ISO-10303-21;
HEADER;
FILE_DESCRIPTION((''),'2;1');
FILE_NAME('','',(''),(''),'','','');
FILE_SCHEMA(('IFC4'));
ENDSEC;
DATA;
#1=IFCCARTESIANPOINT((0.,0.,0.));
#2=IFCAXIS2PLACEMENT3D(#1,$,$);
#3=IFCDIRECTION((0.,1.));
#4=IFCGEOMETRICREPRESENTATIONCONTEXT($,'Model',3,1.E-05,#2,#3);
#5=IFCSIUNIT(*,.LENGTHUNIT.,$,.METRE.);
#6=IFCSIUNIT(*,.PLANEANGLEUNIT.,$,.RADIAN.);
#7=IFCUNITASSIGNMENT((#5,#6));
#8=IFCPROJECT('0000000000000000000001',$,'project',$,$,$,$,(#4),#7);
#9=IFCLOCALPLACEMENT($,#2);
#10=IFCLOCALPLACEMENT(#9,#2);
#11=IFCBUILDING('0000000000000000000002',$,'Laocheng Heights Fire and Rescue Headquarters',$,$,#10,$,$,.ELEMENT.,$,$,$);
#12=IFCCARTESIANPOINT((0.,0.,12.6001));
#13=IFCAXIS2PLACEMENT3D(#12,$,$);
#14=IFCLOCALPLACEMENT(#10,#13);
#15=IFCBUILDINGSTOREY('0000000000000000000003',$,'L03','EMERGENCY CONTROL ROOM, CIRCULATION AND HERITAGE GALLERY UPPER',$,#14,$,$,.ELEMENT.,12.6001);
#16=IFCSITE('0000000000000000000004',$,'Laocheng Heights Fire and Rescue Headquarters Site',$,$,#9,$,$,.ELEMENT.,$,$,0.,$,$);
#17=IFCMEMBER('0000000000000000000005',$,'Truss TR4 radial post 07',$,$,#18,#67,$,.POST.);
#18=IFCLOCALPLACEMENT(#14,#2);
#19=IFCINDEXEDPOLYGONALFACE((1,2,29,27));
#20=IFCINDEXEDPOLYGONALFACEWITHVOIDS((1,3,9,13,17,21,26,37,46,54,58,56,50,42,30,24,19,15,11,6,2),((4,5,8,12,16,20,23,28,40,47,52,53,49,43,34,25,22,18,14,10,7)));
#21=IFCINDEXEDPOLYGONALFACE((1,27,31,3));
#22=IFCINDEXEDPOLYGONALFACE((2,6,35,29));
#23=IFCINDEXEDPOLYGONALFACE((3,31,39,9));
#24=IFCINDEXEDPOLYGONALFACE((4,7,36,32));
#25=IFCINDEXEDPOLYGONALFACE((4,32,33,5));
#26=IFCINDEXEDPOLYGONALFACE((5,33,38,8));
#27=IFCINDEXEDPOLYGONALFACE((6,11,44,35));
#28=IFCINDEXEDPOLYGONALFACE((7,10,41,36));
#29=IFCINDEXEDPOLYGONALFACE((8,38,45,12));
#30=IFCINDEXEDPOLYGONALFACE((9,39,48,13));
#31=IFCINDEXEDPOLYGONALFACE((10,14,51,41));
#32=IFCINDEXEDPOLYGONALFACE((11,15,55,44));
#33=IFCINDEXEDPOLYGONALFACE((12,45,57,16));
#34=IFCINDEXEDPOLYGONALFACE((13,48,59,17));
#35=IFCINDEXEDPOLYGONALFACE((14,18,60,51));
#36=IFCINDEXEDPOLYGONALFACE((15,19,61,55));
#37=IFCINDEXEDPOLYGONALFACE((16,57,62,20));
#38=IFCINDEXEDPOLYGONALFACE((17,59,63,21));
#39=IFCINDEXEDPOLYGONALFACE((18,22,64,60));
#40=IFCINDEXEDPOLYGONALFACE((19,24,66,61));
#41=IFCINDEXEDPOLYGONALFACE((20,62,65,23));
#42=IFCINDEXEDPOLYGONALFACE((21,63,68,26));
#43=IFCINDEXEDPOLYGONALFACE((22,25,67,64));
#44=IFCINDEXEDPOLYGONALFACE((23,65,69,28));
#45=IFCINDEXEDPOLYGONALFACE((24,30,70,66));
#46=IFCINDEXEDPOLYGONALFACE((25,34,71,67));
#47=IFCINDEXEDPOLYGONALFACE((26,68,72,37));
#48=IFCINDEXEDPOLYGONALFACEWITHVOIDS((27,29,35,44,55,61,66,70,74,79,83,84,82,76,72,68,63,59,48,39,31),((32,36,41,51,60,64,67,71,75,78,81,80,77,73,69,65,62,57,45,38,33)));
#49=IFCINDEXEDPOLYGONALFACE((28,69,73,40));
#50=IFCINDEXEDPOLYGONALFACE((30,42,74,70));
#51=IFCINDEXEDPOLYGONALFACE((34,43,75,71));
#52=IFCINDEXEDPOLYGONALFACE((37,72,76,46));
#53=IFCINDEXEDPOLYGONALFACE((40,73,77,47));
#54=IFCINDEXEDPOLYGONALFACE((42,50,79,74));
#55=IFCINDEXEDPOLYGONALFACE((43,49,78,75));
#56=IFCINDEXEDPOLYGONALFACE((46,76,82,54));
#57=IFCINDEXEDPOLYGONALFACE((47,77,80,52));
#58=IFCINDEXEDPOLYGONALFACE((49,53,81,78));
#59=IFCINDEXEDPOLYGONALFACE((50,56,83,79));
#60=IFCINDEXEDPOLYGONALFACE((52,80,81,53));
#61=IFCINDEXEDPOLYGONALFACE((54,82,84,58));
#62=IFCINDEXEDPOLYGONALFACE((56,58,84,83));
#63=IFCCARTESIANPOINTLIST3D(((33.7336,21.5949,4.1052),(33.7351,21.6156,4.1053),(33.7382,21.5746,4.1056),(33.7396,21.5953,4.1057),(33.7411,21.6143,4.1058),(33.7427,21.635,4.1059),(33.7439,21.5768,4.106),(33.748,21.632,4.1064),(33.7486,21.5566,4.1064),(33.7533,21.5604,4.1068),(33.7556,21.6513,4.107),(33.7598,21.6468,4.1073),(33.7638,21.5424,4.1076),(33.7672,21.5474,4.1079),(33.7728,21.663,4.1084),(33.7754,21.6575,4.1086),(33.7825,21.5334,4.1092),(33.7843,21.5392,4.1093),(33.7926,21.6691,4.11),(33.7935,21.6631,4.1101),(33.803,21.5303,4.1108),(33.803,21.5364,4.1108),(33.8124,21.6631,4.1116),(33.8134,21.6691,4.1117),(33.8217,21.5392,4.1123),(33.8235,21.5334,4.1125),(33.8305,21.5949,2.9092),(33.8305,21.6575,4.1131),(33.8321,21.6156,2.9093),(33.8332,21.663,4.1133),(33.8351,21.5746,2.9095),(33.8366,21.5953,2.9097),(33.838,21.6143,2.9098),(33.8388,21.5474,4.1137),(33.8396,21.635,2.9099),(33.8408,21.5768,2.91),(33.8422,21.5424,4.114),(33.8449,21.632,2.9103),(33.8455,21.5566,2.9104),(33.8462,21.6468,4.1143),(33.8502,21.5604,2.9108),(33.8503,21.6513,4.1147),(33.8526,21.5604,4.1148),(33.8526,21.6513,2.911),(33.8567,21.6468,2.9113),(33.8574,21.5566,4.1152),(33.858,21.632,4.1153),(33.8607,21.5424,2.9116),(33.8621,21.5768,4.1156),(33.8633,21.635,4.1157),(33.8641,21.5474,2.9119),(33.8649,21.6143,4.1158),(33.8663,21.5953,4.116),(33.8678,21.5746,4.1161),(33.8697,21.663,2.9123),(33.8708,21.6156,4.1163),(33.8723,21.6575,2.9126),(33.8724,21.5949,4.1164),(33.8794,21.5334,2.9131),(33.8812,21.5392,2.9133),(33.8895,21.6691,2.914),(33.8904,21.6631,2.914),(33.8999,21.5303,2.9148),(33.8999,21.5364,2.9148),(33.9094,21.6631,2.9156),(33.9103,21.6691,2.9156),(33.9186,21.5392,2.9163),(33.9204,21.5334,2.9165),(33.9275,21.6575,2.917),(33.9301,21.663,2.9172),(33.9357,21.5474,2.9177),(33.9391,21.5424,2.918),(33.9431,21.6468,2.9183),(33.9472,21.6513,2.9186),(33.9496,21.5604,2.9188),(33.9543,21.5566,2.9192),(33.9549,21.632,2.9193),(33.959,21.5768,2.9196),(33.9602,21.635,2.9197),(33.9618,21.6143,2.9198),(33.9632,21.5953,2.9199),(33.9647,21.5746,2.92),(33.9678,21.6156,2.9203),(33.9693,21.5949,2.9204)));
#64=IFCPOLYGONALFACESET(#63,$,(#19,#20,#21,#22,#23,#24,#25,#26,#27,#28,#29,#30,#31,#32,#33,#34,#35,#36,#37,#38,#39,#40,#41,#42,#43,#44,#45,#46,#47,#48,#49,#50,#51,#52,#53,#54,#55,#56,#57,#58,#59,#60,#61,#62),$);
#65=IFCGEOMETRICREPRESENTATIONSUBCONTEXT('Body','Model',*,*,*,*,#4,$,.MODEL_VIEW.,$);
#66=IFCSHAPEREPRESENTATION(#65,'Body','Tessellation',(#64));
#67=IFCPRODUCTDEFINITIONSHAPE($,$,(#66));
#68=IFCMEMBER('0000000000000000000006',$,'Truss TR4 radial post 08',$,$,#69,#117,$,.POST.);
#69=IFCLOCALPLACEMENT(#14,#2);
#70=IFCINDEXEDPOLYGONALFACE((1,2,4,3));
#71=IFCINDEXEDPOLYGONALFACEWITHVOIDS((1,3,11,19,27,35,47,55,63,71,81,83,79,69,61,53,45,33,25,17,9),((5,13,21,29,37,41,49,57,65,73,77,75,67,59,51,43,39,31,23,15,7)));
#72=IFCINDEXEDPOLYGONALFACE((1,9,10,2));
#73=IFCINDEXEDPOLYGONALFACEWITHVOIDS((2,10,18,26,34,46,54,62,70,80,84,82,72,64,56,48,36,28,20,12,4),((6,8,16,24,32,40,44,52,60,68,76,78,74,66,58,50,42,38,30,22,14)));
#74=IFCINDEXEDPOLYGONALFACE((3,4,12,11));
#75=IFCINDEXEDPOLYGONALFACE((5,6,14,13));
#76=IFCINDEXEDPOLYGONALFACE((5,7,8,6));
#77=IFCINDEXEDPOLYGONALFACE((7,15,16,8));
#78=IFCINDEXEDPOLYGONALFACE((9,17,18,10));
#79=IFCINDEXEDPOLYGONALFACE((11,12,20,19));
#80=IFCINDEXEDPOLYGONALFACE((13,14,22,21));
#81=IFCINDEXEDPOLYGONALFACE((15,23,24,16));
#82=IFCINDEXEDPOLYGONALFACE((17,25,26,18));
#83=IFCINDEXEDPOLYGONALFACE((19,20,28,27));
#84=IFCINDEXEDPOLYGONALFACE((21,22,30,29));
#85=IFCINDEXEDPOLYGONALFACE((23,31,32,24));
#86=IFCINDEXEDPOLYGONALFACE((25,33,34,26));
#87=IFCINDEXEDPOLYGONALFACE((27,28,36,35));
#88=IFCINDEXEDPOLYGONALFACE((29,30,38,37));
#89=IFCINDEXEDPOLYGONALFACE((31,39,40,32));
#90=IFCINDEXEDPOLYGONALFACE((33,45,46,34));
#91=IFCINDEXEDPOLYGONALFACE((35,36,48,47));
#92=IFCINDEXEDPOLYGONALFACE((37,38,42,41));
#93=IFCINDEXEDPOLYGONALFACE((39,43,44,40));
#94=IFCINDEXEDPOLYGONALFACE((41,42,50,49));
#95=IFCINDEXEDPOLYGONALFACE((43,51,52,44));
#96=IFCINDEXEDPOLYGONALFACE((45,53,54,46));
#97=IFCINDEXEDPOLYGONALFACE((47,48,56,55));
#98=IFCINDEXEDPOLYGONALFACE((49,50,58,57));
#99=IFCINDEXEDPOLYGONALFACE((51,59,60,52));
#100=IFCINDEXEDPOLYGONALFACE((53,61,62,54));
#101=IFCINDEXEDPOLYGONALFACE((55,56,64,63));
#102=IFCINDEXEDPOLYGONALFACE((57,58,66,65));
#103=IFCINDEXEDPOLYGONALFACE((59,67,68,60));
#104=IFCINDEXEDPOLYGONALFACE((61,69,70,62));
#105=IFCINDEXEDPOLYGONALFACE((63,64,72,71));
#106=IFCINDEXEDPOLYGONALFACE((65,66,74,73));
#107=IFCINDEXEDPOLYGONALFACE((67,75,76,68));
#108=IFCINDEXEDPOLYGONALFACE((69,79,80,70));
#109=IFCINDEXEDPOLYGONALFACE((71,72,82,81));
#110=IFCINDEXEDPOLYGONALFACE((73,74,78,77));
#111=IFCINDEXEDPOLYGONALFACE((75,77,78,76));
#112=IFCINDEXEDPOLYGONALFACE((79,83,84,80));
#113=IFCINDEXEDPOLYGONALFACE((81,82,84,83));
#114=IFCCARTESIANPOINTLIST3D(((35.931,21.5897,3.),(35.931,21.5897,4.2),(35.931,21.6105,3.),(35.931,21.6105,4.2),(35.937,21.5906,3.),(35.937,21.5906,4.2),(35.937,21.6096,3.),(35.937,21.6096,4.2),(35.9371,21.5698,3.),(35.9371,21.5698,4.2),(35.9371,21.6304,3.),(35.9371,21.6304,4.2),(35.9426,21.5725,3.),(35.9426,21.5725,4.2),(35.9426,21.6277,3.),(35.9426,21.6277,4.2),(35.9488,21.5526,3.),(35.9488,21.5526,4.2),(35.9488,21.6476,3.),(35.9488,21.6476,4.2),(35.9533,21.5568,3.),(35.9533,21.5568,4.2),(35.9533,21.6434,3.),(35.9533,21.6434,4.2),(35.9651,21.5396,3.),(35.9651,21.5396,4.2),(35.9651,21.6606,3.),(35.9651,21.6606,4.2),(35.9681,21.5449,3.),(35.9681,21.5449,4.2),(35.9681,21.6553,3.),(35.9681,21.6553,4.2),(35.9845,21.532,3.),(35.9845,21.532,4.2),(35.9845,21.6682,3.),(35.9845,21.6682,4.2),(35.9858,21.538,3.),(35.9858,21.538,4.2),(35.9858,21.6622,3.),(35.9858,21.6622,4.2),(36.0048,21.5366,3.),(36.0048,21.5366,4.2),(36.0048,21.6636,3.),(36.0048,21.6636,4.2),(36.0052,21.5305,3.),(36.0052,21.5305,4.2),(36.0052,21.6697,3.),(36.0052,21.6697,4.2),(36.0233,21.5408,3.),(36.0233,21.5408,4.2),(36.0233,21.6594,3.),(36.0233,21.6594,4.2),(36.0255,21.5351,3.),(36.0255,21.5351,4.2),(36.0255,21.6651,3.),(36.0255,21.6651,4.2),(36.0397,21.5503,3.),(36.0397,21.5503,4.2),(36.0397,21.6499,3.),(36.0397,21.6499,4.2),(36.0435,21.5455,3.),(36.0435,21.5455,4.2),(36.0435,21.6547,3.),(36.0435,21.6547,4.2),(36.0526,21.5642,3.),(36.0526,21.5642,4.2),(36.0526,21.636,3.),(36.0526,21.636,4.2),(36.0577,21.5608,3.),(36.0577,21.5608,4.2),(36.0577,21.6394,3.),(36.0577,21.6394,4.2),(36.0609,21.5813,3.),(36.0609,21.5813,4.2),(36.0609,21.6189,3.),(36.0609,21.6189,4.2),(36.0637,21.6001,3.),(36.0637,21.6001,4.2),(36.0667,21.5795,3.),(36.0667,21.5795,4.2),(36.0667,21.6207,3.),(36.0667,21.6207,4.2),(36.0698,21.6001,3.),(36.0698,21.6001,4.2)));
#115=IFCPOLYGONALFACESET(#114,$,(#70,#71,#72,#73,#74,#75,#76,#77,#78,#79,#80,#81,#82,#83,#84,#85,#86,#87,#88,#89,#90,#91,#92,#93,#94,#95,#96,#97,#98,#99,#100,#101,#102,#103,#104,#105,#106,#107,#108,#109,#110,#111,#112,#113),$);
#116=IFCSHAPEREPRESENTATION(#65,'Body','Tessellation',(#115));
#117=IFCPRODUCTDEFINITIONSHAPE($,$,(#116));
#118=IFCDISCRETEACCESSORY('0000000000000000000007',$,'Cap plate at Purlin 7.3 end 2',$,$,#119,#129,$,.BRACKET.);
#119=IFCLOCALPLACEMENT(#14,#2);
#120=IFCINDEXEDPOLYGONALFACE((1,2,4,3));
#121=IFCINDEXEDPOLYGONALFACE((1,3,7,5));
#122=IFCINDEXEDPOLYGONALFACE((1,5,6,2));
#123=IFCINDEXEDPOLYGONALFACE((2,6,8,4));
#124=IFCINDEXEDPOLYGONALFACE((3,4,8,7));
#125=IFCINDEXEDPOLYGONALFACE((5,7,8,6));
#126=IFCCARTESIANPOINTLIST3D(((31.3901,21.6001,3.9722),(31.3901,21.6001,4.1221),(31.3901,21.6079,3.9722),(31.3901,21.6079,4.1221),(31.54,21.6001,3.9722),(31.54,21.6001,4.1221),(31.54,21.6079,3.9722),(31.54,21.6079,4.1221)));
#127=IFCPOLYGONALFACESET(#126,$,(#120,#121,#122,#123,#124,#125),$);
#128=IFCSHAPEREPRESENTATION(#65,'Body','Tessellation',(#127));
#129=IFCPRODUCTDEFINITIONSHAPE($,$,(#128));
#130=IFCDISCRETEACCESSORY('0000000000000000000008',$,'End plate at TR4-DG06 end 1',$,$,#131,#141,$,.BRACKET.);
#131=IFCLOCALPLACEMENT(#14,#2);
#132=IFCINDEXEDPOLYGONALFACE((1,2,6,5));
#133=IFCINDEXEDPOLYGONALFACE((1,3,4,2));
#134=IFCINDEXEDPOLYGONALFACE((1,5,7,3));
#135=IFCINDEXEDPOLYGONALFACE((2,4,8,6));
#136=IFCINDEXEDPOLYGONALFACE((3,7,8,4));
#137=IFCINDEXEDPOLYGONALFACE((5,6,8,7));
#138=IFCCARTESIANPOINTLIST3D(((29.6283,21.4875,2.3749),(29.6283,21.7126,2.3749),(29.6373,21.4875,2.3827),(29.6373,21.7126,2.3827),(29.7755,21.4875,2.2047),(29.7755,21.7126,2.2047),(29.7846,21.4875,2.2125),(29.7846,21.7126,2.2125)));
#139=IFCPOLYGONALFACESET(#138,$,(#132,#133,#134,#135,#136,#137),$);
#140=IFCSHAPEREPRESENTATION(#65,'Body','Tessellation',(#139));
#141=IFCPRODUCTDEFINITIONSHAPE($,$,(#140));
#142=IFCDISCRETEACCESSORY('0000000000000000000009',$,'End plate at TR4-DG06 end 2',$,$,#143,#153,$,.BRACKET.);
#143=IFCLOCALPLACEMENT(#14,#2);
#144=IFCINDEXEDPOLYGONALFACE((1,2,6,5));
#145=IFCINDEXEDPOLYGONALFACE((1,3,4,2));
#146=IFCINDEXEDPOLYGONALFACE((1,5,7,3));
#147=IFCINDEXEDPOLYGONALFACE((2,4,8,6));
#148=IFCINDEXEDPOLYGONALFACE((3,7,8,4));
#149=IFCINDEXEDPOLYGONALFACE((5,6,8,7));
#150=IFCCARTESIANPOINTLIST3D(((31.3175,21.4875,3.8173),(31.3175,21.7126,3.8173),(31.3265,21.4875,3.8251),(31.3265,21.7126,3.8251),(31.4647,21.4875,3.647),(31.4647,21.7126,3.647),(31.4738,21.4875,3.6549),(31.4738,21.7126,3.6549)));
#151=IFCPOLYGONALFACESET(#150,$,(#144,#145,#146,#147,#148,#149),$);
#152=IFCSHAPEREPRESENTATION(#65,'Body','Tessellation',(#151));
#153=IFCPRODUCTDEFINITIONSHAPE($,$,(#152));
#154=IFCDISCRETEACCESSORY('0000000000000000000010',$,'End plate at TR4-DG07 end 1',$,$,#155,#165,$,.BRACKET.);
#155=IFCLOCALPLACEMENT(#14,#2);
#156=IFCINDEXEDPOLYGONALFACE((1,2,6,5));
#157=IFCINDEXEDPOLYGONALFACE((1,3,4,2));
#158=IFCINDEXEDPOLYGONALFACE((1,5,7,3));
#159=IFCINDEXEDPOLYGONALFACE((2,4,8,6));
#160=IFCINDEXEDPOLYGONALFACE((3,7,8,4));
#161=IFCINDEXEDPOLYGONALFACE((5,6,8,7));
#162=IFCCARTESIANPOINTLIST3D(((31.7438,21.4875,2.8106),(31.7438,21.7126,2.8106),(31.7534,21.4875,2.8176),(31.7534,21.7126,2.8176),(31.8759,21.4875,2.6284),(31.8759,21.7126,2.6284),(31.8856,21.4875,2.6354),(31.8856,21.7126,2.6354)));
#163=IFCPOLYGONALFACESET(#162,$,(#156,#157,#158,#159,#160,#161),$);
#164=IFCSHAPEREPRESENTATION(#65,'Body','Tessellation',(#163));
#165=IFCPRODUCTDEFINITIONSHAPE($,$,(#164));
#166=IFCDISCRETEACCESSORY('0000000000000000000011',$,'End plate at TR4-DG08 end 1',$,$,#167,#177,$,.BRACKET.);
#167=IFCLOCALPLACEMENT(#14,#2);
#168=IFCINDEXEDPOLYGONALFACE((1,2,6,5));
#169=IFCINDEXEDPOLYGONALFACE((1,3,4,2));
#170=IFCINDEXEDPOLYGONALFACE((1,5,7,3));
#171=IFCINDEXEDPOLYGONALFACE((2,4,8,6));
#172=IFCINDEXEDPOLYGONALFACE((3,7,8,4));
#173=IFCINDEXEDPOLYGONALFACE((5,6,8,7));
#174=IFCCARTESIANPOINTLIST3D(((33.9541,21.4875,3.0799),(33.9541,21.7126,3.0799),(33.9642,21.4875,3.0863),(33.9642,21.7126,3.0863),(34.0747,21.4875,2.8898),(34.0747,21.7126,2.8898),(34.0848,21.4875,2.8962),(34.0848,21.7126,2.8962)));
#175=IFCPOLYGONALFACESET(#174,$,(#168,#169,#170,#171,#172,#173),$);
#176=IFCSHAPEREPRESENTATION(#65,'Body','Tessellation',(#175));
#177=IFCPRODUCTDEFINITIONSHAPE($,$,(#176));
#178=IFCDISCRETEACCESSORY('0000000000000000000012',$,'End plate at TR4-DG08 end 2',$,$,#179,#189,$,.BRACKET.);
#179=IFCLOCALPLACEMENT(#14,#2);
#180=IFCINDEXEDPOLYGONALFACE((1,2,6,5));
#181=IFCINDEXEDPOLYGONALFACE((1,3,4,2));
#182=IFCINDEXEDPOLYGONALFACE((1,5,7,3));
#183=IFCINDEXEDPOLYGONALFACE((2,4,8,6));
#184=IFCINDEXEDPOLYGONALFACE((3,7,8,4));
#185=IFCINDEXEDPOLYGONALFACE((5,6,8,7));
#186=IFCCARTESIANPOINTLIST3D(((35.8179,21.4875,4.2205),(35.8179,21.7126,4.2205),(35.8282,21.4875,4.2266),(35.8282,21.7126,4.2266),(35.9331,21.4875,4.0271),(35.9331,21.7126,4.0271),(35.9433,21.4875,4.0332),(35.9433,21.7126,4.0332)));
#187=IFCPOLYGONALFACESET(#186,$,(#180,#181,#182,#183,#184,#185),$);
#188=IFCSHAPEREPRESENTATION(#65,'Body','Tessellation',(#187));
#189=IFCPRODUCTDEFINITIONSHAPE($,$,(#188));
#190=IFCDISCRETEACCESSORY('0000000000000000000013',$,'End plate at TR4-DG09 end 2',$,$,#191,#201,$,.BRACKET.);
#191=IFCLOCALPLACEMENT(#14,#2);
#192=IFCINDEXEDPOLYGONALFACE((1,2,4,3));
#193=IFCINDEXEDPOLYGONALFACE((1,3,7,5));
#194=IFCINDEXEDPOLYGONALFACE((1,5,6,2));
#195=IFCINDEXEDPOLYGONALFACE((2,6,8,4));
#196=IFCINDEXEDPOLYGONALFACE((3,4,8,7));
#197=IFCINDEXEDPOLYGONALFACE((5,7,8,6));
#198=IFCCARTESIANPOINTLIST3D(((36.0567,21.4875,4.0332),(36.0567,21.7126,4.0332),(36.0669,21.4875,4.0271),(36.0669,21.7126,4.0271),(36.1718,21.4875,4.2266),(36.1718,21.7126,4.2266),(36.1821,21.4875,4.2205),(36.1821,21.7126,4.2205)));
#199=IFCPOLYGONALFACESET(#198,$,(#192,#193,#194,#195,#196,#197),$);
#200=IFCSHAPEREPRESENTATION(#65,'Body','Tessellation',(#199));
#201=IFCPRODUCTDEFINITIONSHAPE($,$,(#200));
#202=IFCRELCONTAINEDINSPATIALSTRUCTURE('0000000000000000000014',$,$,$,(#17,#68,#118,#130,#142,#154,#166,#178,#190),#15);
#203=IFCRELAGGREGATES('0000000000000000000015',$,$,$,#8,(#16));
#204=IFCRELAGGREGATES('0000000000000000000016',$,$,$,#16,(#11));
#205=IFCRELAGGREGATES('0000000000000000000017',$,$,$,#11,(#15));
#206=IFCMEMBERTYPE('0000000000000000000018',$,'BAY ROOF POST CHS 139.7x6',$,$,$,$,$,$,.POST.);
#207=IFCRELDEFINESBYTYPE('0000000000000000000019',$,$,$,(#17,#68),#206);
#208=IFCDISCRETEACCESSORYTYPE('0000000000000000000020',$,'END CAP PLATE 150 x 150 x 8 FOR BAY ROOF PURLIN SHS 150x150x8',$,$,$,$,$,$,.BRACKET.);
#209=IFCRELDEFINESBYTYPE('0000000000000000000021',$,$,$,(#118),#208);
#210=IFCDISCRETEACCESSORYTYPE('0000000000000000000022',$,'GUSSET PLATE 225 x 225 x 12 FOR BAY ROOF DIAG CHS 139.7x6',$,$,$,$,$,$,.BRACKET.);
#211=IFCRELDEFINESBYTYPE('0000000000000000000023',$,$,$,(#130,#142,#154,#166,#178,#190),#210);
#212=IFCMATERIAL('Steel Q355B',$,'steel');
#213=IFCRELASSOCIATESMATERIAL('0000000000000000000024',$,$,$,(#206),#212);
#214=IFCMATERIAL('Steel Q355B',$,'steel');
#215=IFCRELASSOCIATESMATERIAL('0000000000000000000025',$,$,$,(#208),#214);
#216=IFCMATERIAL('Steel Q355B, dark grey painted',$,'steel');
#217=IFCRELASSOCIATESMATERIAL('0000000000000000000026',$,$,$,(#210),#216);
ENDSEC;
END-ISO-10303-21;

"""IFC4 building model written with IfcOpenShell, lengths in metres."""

from ifc_helpers import new_model, si_unit, direction, frame, origin, origin_2d, place, context, subcontext, project, spatial, rectangle, hollow_circle, extrude, material, material_profile, profile_set, type_object, element, save


model = new_model("IFC4")

# Units and contexts
model_context = context("Model", 3, precision=1e-05, world=origin(), true_north=direction((0.0, 1.0)))
body_context = subcontext(model_context, "Body", "Model", "MODEL_VIEW")
ifc_project = project(units=[si_unit("LENGTHUNIT", "METRE"), si_unit("PLANEANGLEUNIT", "RADIAN")], contexts=[model_context])

# Site, building, storey
site_placement = place(None, origin())
site = spatial("IfcSite", under=ifc_project, at=site_placement, Name="Laocheng Heights Fire and Rescue Headquarters Site", CompositionType="ELEMENT", RefElevation=0.0)
building_placement = place(site_placement, origin())
building = spatial("IfcBuilding", under=site, at=building_placement, Name="Laocheng Heights Fire and Rescue Headquarters", CompositionType="ELEMENT")
storey_placement = place(building_placement, frame((0.0, 0.0, 12.6001)))
storey = spatial("IfcBuildingStorey", under=building, at=storey_placement, Name="L03", Description="EMERGENCY CONTROL ROOM, CIRCULATION AND HERITAGE GALLERY UPPER", CompositionType="ELEMENT", Elevation=12.6001)

# Members
ifc_material_1 = material(Name="Steel Q355B", Category="steel")
ifc_material_profile_1 = material_profile(ifc_material_1, hollow_circle(Radius=0.0698, WallThickness=0.0061, at=origin_2d()), Name="CHS 139.7x6")
ifc_profile_set_1 = profile_set([ifc_material_profile_1], Name="Steel Q355B")
member_type_1 = type_object("IfcMemberType", Name="BAY ROOF POST CHS 139.7x6", PredefinedType="POST", material=ifc_profile_set_1)
for number, where, z_axis, x_axis, name in (
    (1, (33.8999, 21.6001, 2.9148), (-0.080772, 0.0, 0.996733), (0.0, -1.0, 0.0), "Truss TR4 radial post 07"),
    (2, (36.0, 21.6001, 3.0), (0.0, 0.0, 1.0), (1.0, 0.0, 0.0), "Truss TR4 radial post 08"),
):
    element("IfcMember", number, at=place(storey_placement, frame(where, z_axis=z_axis, x_axis=x_axis)), inside=storey, type_object=member_type_1, Name=name, PredefinedType="POST", context=body_context, shape_type="SweptSolid", body=[
        extrude(hollow_circle(Radius=0.0698, WallThickness=0.0061, at=origin_2d()), origin(), (0.0, 0.0, 1.0), 1.2),
    ])

# Discrete accessories
ifc_material_2 = material(Name="Steel Q355B", Category="steel")
ifc_material_profile_2 = material_profile(ifc_material_2, rectangle(XDim=0.1499, YDim=0.1499, at=origin_2d()), Name="END CAP PLATE 150 x 150 x 8 FOR BAY ROOF PURLIN SHS 150x150x8")
ifc_profile_set_2 = profile_set([ifc_material_profile_2], Name="Steel Q355B")
discrete_accessory_type_1 = type_object("IfcDiscreteAccessoryType", Name="END CAP PLATE 150 x 150 x 8 FOR BAY ROOF PURLIN SHS 150x150x8", PredefinedType="BRACKET", material=ifc_profile_set_2)
discrete_accessory_placement = place(storey_placement, frame((31.4651, 21.6001, 4.0471), z_axis=(0.0, 1.0, 0.0), x_axis=(-1.0, 0.0, 0.0)))
element("IfcDiscreteAccessory", 3, at=discrete_accessory_placement, inside=storey, type_object=discrete_accessory_type_1, Name="Cap plate at Purlin 7.3 end 2", PredefinedType="BRACKET", context=body_context, shape_type="SweptSolid", body=[
    extrude(rectangle(XDim=0.1499, YDim=0.1499, at=origin_2d()), origin(), (0.0, 0.0, 1.0), 0.0078),
])
ifc_material_3 = material(Name="Steel Q355B, dark grey painted", Category="steel")
ifc_material_profile_3 = material_profile(ifc_material_3, rectangle(XDim=0.2251, YDim=0.2251, at=origin_2d()), Name="GUSSET PLATE 225 x 225 x 12 FOR BAY ROOF DIAG CHS 139.7x6")
ifc_profile_set_3 = profile_set([ifc_material_profile_3], Name="Steel Q355B, dark grey painted")
discrete_accessory_type_2 = type_object("IfcDiscreteAccessoryType", Name="GUSSET PLATE 225 x 225 x 12 FOR BAY ROOF DIAG CHS 139.7x6", PredefinedType="BRACKET", material=ifc_profile_set_3)
for number, where, z_axis, x_axis, name in (
    (4, (29.7019, 21.6001, 2.2898), (0.756363, 0.0, 0.654152), (0.0, 1.0, 0.0), "End plate at TR4-DG06 end 1"),
    (5, (31.3911, 21.6001, 3.7322), (0.756363, 0.0, 0.654152), (0.0, 1.0, 0.0), "End plate at TR4-DG06 end 2"),
    (6, (31.8098, 21.6001, 2.7195), (0.80961, 0.0, 0.586968), (0.0, 1.0, 0.0), "End plate at TR4-DG07 end 1"),
    (7, (34.0144, 21.6001, 2.9849), (0.844509, 0.0, 0.535542), (0.0, 1.0, 0.0), "End plate at TR4-DG08 end 1"),
    (8, (35.8755, 21.6001, 4.1238), (0.859293, 0.0, 0.511484), (0.0, 1.0, 0.0), "End plate at TR4-DG08 end 2"),
    (9, (36.1245, 21.6001, 4.1238), (-0.859293, 0.0, 0.511484), (0.0, -1.0, 0.0), "End plate at TR4-DG09 end 2"),
):
    element("IfcDiscreteAccessory", number, at=place(storey_placement, frame(where, z_axis=z_axis, x_axis=x_axis)), inside=storey, type_object=discrete_accessory_type_2, Name=name, PredefinedType="BRACKET", context=body_context, shape_type="SweptSolid", body=[
        extrude(rectangle(XDim=0.2251, YDim=0.2251, at=origin_2d()), origin(), (0.0, 0.0, 1.0), 0.012),
    ])

save(model, "model.ifc")
